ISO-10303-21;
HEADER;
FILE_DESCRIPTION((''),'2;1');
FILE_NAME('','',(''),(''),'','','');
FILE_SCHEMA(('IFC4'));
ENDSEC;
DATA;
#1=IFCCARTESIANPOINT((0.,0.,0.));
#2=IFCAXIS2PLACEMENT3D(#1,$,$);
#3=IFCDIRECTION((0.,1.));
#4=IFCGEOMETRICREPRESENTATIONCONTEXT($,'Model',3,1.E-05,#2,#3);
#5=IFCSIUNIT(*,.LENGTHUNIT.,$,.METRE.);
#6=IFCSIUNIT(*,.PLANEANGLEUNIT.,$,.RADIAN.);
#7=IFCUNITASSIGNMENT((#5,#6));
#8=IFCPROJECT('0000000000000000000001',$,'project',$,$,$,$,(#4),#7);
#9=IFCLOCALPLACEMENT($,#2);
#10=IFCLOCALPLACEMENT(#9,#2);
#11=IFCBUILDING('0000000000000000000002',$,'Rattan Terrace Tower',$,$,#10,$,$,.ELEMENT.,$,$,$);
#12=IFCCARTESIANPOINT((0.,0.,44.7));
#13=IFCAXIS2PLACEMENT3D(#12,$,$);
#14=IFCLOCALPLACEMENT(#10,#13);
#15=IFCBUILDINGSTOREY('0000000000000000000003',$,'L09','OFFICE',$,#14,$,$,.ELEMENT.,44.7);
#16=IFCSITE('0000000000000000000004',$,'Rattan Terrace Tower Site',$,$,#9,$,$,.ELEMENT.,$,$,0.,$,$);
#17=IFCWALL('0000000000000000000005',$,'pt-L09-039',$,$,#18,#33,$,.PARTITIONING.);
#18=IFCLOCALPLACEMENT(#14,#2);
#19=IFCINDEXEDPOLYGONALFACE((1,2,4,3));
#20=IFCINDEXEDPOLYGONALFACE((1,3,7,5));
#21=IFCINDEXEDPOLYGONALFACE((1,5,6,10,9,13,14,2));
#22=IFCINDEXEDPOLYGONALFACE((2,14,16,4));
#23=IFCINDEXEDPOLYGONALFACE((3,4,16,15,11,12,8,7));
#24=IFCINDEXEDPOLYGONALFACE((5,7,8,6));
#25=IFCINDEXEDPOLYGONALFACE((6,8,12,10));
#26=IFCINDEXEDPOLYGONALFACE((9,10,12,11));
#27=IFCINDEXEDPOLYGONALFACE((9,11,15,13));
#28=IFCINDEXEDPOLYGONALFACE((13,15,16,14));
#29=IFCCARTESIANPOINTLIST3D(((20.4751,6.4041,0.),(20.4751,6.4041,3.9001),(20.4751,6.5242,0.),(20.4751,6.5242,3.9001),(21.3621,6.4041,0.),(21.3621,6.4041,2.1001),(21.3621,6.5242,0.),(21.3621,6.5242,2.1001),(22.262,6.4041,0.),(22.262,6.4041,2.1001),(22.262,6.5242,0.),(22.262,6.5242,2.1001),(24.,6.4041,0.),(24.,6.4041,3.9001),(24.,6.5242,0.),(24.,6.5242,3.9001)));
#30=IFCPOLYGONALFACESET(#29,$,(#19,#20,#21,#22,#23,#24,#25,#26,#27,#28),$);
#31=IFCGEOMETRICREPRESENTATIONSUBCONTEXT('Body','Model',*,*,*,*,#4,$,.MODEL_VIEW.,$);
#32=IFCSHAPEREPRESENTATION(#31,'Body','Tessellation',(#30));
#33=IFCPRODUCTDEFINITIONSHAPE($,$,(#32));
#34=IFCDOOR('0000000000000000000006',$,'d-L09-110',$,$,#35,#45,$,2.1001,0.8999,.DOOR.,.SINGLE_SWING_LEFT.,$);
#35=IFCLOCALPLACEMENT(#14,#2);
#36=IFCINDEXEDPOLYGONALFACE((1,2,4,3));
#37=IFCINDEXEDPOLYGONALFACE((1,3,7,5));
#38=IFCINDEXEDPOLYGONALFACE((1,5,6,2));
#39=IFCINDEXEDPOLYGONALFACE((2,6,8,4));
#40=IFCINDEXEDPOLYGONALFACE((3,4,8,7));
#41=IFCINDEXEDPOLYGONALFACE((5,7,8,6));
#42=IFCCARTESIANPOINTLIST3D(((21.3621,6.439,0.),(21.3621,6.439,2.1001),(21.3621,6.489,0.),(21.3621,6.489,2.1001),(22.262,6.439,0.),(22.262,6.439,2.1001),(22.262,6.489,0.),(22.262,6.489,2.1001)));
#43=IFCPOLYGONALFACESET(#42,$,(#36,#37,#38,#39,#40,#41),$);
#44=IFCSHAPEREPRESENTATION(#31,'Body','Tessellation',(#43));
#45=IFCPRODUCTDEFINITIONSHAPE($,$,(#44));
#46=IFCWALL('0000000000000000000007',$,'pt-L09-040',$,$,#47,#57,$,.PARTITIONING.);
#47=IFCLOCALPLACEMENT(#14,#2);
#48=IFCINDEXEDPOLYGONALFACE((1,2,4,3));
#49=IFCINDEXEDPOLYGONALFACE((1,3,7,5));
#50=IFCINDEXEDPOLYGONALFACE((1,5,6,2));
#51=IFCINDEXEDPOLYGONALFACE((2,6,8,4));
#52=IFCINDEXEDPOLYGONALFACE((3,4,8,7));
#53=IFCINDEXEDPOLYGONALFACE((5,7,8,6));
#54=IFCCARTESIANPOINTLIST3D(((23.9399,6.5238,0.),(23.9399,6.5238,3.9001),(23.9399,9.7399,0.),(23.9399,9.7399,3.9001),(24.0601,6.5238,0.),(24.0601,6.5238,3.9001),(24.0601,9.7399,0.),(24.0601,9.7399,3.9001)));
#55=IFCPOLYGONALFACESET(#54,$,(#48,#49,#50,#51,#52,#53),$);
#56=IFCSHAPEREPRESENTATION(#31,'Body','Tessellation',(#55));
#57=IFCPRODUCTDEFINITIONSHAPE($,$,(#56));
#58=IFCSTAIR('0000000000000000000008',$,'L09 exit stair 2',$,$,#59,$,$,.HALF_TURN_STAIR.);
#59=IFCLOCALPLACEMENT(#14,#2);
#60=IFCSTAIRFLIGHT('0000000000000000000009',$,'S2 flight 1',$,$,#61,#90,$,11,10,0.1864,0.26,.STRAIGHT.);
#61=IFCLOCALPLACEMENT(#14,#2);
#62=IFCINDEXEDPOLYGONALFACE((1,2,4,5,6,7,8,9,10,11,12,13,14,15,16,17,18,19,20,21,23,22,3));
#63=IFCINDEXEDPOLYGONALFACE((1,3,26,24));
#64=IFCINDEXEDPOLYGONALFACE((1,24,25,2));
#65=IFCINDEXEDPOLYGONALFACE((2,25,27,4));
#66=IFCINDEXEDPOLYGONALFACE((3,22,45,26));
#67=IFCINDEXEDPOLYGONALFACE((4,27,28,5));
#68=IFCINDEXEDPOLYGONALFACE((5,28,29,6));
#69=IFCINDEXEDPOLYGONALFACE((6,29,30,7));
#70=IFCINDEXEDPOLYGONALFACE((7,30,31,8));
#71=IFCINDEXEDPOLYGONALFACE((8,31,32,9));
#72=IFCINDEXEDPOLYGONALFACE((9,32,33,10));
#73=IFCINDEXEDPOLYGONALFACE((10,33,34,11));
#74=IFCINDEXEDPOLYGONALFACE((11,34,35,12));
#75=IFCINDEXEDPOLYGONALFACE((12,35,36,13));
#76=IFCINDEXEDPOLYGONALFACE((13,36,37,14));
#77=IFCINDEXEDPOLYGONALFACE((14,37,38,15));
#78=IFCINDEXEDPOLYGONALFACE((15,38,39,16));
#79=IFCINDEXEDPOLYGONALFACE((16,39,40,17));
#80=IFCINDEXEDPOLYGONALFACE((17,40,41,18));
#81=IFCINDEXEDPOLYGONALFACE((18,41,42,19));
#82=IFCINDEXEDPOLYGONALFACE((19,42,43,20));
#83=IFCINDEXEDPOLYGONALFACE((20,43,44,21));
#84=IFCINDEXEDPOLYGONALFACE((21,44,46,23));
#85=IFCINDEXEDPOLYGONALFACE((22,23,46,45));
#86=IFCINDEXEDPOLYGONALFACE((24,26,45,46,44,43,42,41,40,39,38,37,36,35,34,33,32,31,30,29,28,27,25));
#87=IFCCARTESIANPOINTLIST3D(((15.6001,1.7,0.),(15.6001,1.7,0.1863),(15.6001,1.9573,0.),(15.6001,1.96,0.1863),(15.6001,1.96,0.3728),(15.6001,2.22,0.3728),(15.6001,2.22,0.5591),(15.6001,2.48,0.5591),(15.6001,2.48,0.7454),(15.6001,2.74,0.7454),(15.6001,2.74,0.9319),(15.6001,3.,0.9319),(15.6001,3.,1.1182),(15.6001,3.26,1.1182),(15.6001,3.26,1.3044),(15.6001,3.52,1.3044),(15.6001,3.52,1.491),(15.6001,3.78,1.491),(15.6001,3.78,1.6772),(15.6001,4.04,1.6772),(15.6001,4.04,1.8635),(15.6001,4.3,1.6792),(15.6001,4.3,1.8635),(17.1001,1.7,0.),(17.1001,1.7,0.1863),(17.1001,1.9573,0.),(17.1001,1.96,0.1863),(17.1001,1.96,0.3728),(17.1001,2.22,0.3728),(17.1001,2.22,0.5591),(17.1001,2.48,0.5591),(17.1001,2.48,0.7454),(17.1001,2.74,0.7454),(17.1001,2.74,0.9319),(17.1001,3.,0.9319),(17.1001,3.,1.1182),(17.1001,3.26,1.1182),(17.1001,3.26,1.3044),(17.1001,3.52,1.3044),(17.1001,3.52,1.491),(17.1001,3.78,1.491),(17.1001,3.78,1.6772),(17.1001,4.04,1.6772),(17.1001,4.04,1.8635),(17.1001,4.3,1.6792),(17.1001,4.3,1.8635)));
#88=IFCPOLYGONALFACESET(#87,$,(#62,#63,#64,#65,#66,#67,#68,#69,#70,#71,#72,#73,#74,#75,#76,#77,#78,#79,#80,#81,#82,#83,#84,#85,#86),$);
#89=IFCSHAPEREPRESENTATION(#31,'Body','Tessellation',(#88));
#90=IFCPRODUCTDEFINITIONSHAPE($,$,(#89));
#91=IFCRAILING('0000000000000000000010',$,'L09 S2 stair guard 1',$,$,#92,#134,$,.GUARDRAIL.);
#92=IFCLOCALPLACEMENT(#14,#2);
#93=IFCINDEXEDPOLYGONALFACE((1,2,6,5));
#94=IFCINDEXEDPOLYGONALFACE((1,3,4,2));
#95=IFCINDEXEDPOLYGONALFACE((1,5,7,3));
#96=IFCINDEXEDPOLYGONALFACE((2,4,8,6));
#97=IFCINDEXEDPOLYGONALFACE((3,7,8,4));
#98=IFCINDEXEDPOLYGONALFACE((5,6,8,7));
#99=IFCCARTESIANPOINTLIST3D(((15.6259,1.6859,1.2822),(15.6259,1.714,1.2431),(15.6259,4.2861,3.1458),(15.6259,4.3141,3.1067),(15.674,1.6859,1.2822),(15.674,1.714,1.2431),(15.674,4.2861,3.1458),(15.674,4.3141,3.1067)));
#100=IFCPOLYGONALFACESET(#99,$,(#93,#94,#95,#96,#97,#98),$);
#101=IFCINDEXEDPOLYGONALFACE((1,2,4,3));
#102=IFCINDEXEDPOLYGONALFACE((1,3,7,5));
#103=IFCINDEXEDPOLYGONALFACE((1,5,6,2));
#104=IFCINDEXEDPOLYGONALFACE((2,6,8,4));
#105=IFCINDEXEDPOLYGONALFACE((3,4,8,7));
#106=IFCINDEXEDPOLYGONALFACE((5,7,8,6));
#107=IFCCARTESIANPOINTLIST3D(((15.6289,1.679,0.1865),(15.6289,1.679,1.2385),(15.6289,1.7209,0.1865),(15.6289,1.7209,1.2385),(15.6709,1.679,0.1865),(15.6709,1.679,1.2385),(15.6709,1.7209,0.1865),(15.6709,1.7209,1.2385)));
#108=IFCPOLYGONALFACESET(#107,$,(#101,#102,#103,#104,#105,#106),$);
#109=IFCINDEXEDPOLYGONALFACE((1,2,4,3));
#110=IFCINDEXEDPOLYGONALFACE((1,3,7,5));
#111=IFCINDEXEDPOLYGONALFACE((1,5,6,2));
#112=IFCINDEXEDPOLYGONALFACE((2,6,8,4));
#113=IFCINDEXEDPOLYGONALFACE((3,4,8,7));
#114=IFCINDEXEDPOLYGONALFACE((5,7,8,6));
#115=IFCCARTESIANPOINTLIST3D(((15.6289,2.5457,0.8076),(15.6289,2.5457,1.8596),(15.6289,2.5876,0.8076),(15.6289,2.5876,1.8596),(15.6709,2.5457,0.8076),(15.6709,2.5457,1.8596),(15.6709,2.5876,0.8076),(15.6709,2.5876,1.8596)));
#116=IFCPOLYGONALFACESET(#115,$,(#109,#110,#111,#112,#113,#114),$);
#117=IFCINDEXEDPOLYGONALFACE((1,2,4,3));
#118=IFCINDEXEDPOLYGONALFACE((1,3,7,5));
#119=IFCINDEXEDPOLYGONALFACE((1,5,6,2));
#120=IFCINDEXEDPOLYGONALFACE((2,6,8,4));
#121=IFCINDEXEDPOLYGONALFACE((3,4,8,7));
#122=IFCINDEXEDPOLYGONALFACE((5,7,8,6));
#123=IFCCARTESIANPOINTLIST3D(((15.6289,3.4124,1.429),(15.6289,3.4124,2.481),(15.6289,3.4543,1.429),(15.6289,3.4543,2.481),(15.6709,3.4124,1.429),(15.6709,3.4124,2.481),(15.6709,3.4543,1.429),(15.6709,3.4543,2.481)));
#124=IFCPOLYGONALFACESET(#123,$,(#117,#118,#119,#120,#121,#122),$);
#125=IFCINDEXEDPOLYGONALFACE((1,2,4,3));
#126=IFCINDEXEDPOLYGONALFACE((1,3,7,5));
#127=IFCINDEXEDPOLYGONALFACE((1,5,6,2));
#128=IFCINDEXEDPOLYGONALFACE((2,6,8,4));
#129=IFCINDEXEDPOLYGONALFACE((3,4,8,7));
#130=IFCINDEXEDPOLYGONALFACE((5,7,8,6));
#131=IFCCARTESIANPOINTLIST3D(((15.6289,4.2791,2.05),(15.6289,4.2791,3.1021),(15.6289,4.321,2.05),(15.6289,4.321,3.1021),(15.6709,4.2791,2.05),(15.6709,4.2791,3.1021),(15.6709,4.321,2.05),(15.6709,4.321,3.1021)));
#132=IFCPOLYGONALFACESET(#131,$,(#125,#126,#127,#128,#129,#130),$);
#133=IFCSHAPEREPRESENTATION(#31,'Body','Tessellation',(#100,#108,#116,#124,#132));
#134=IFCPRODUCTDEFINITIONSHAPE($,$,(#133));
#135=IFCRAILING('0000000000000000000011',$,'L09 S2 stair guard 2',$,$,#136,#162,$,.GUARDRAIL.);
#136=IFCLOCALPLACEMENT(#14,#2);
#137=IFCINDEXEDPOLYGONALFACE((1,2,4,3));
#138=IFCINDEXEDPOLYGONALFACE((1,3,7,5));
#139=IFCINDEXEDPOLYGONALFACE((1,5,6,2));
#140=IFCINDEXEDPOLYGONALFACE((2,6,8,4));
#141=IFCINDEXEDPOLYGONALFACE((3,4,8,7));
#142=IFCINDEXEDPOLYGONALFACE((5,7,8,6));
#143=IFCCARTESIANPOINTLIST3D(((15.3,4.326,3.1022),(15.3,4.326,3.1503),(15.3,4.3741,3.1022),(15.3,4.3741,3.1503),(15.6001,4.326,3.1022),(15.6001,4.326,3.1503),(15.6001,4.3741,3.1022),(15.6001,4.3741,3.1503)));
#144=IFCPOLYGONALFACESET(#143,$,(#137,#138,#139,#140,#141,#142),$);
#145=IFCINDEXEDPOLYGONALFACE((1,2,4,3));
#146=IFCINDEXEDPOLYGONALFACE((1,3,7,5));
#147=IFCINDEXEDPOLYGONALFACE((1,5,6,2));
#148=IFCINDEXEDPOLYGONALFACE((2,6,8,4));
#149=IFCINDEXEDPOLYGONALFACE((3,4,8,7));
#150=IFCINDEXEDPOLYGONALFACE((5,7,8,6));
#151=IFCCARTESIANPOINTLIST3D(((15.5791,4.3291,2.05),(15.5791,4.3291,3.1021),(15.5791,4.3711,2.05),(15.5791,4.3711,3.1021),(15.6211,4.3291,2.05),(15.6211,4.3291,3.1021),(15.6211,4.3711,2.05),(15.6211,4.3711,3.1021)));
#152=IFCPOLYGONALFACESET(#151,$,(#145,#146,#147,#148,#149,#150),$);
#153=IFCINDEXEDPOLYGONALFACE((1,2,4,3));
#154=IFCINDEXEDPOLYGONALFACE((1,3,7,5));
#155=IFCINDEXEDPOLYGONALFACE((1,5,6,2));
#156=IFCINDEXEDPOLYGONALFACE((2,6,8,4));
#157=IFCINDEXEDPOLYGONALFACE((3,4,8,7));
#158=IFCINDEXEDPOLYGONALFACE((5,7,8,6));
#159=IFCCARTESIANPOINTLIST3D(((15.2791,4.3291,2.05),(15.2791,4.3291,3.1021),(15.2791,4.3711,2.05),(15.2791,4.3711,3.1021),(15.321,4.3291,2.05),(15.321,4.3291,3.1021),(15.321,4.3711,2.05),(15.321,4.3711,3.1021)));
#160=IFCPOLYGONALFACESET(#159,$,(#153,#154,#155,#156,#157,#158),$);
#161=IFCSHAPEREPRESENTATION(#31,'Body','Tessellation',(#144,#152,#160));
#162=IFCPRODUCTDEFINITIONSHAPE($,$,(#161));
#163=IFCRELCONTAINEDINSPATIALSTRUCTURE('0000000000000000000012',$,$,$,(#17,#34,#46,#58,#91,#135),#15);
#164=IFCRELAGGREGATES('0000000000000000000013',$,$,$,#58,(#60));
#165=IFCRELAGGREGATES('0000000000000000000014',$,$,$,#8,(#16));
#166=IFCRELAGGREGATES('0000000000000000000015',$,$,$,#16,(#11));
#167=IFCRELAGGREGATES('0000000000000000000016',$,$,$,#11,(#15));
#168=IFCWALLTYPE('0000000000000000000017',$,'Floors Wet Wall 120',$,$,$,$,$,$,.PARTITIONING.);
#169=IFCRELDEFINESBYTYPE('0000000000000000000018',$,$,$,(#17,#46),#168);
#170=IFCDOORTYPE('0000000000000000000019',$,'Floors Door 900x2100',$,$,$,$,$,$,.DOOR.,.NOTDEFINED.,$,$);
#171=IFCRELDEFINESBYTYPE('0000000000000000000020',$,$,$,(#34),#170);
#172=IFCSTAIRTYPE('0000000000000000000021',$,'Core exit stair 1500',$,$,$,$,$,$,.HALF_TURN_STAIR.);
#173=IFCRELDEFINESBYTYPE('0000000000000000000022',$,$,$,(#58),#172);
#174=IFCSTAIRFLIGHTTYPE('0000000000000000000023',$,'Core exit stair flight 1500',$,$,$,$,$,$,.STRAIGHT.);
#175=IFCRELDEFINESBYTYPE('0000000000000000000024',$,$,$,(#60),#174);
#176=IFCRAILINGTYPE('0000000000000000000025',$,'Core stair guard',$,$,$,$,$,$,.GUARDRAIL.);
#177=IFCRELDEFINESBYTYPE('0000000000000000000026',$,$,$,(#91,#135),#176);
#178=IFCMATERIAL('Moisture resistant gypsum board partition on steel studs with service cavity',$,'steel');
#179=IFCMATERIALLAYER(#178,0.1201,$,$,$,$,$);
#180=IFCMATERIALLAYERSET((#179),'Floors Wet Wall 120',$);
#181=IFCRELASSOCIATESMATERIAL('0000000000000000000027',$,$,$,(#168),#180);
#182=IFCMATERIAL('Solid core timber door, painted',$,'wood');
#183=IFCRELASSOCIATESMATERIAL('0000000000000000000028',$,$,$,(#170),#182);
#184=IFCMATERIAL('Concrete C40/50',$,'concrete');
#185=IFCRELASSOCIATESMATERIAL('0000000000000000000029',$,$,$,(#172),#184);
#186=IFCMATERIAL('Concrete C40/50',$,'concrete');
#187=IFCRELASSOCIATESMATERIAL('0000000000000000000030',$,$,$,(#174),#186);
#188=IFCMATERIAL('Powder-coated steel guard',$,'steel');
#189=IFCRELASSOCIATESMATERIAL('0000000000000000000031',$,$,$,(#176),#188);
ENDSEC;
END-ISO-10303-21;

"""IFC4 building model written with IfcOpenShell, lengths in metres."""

from ifc_helpers import new_model, si_unit, direction, frame, frame_2d, origin, origin_2d, place, context, subcontext, project, spatial, polyline, rectangle, outline, extrude, material, layer, layer_set, type_object, element, fill, aggregate, save


model = new_model("IFC4")

# Units and contexts
model_context = context("Model", 3, precision=1e-05, world=origin(), true_north=direction((0.0, 1.0)))
body_context = subcontext(model_context, "Body", "Model", "MODEL_VIEW")
ifc_project = project(units=[si_unit("LENGTHUNIT", "METRE"), si_unit("PLANEANGLEUNIT", "RADIAN")], contexts=[model_context])

# Site, building, storey
site_placement = place(None, origin())
site = spatial("IfcSite", under=ifc_project, at=site_placement, Name="Rattan Terrace Tower Site", CompositionType="ELEMENT", RefElevation=0.0)
building_placement = place(site_placement, origin())
building = spatial("IfcBuilding", under=site, at=building_placement, Name="Rattan Terrace Tower", CompositionType="ELEMENT")
storey_placement = place(building_placement, frame((0.0, 0.0, 44.7)))
storey = spatial("IfcBuildingStorey", under=building, at=storey_placement, Name="L09", Description="OFFICE", CompositionType="ELEMENT", Elevation=44.7)

# Wall, opening, door
ifc_material_1 = material(Name="Moisture resistant gypsum board partition on steel studs with service cavity", Category="steel")
ifc_layer_1 = layer(ifc_material_1, 0.1201)
ifc_layer_set_1 = layer_set([ifc_layer_1], Name="Floors Wet Wall 120")
wall_type_1 = type_object("IfcWallType", Name="Floors Wet Wall 120", PredefinedType="PARTITIONING", material=ifc_layer_set_1)
wall_1_placement = place(storey_placement, frame((20.4751, 6.4641, 0.0), z_axis=(0.0, 0.0, 1.0), x_axis=(1.0, 0.0, 0.0)))
wall_1 = element("IfcWall", 1, at=wall_1_placement, inside=storey, type_object=wall_type_1, Name="pt-L09-039", PredefinedType="PARTITIONING", context=body_context, shape_type="SweptSolid", body=[
    extrude(rectangle(XDim=3.5249, YDim=0.1201, at=frame_2d((1.7625, 0.0))), origin(), (0.0, 0.0, 1.0), 3.9001),
])
opening_1_placement = place(wall_1_placement, frame((0.887, 0.0, 0.0)))
opening_1 = element("IfcOpeningElement", 2, at=opening_1_placement, cuts=wall_1, PredefinedType="OPENING", context=body_context, shape_type="SweptSolid", body=[
    extrude(rectangle(XDim=0.8999, YDim=2.1001, at=frame_2d((0.45, 1.05))), frame((0.0, 0.0706, 0.0), z_axis=(0.0, -1.0, 0.0), x_axis=(1.0, 0.0, 0.0)), (0.0, 0.0, 1.0), 0.1411),
])
ifc_material_2 = material(Name="Solid core timber door, painted", Category="wood")
door_type_1 = type_object("IfcDoorType", Name="Floors Door 900x2100", OperationType="NOTDEFINED", PredefinedType="DOOR", material=ifc_material_2)
door_1_placement = place(opening_1_placement, origin())
door_1 = element("IfcDoor", 3, at=door_1_placement, inside=storey, type_object=door_type_1, Name="d-L09-110", OperationType="SINGLE_SWING_LEFT", OverallHeight=2.1001, OverallWidth=0.8999, PredefinedType="DOOR", context=body_context, shape_type="SweptSolid", body=[
    extrude(rectangle(XDim=0.8999, YDim=2.1001, at=frame_2d((0.45, 1.05))), frame((0.0, 0.0249, 0.0), z_axis=(0.0, -1.0, 0.0), x_axis=(1.0, 0.0, 0.0)), (0.0, 0.0, 1.0), 0.05),
])
fill(opening_1, door_1)

# Wall
wall_2_placement = place(storey_placement, frame((24.0, 6.5239, 0.0), z_axis=(0.0, 0.0, 1.0), x_axis=(0.0, 1.0, 0.0)))
element("IfcWall", 4, at=wall_2_placement, inside=storey, type_object=wall_type_1, Name="pt-L09-040", PredefinedType="PARTITIONING", context=body_context, shape_type="SweptSolid", body=[
    extrude(rectangle(XDim=3.2161, YDim=0.1201, at=frame_2d((1.6079, 0.0))), origin(), (0.0, 0.0, 1.0), 3.9001),
])

# Stair, stair flight
ifc_material_3 = material(Name="Concrete C40/50", Category="concrete")
stair_type = type_object("IfcStairType", Name="Core exit stair 1500", PredefinedType="HALF_TURN_STAIR", material=ifc_material_3)
stair_placement = place(storey_placement, origin())
stair = element("IfcStair", 5, at=stair_placement, inside=storey, type_object=stair_type, Name="L09 exit stair 2", PredefinedType="HALF_TURN_STAIR")
ifc_material_4 = material(Name="Concrete C40/50", Category="concrete")
stair_flight_type = type_object("IfcStairFlightType", Name="Core exit stair flight 1500", PredefinedType="STRAIGHT", material=ifc_material_4)
stair_flight_placement = place(storey_placement, frame((16.3501, 1.7, 0.0), z_axis=(0.0, 0.0, 1.0), x_axis=(0.0, 1.0, 0.0)))
stair_flight = element("IfcStairFlight", 6, at=stair_flight_placement, type_object=stair_flight_type, Name="S2 flight 1", NumberOfRisers=11, NumberOfTreads=10, PredefinedType="STRAIGHT", RiserHeight=0.1864, TreadLength=0.26, context=body_context, shape_type="SweptSolid", body=[
    extrude(outline(polyline([(0.0, 0.0), (0.0, 0.1863), (0.26, 0.1863), (0.26, 0.3728), (0.52, 0.3728), (0.52, 0.5591), (0.78, 0.5591), (0.78, 0.7454), (1.04, 0.7454), (1.04, 0.9319), (1.3, 0.9319), (1.3, 1.1182), (1.5601, 1.1182), (1.5601, 1.3044), (1.8201, 1.3044), (1.8201, 1.491), (2.0801, 1.491), (2.0801, 1.6772), (2.3401, 1.6772), (2.3401, 1.8635), (2.6001, 1.8635), (2.6001, 2.05), (2.6001, 1.6792), (0.2573, 0.0), (0.0, 0.0)])), frame((0.0, 0.75, 0.0), z_axis=(0.0, -1.0, 0.0), x_axis=(1.0, 0.0, 0.0)), (0.0, 0.0, 1.0), 1.5),
])
aggregate(stair, [stair_flight])

# Railings
ifc_material_5 = material(Name="Powder-coated steel guard", Category="steel")
railing_type_1 = type_object("IfcRailingType", Name="Core stair guard", PredefinedType="GUARDRAIL", material=ifc_material_5)
railing_1_placement = place(storey_placement, frame((15.6499, 1.7, 0.1865)))
element("IfcRailing", 7, at=railing_1_placement, inside=storey, type_object=railing_type_1, Name="L09 S2 stair guard 1", PredefinedType="GUARDRAIL", context=body_context, shape_type="SweptSolid", body=[
    extrude(rectangle(XDim=0.0481, YDim=0.0481, at=origin_2d()), frame((0.0, 0.0, 1.0762), z_axis=(0.0, 0.812799, 0.582544), x_axis=(-1.0, 0.0, 0.0)), (0.0, 0.0, 1.0), 3.199),
    extrude(rectangle(XDim=0.042, YDim=0.042, at=origin_2d()), origin(), (0.0, 0.0, 1.0), 1.052),
    extrude(rectangle(XDim=0.042, YDim=0.042, at=origin_2d()), frame((0.0, 0.8667, 0.6211)), (0.0, 0.0, 1.0), 1.052),
    extrude(rectangle(XDim=0.042, YDim=0.042, at=origin_2d()), frame((0.0, 1.7334, 1.2424)), (0.0, 0.0, 1.0), 1.052),
    extrude(rectangle(XDim=0.042, YDim=0.042, at=origin_2d()), frame((0.0, 2.6001, 1.8635)), (0.0, 0.0, 1.0), 1.052),
])
railing_2_placement = place(storey_placement, frame((15.6001, 4.3501, 2.05)))
element("IfcRailing", 8, at=railing_2_placement, inside=storey, type_object=railing_type_1, Name="L09 S2 stair guard 2", PredefinedType="GUARDRAIL", context=body_context, shape_type="SweptSolid", body=[
    extrude(rectangle(XDim=0.0481, YDim=0.0481, at=origin_2d()), frame((0.0, 0.0, 1.0762), z_axis=(-1.0, 0.0, 0.0), x_axis=(0.0, -1.0, 0.0)), (0.0, 0.0, 1.0), 0.3),
    extrude(rectangle(XDim=0.042, YDim=0.042, at=origin_2d()), origin(), (0.0, 0.0, 1.0), 1.052),
    extrude(rectangle(XDim=0.042, YDim=0.042, at=origin_2d()), frame((-0.3, 0.0, 0.0)), (0.0, 0.0, 1.0), 1.052),
])

save(model, "model.ifc")
